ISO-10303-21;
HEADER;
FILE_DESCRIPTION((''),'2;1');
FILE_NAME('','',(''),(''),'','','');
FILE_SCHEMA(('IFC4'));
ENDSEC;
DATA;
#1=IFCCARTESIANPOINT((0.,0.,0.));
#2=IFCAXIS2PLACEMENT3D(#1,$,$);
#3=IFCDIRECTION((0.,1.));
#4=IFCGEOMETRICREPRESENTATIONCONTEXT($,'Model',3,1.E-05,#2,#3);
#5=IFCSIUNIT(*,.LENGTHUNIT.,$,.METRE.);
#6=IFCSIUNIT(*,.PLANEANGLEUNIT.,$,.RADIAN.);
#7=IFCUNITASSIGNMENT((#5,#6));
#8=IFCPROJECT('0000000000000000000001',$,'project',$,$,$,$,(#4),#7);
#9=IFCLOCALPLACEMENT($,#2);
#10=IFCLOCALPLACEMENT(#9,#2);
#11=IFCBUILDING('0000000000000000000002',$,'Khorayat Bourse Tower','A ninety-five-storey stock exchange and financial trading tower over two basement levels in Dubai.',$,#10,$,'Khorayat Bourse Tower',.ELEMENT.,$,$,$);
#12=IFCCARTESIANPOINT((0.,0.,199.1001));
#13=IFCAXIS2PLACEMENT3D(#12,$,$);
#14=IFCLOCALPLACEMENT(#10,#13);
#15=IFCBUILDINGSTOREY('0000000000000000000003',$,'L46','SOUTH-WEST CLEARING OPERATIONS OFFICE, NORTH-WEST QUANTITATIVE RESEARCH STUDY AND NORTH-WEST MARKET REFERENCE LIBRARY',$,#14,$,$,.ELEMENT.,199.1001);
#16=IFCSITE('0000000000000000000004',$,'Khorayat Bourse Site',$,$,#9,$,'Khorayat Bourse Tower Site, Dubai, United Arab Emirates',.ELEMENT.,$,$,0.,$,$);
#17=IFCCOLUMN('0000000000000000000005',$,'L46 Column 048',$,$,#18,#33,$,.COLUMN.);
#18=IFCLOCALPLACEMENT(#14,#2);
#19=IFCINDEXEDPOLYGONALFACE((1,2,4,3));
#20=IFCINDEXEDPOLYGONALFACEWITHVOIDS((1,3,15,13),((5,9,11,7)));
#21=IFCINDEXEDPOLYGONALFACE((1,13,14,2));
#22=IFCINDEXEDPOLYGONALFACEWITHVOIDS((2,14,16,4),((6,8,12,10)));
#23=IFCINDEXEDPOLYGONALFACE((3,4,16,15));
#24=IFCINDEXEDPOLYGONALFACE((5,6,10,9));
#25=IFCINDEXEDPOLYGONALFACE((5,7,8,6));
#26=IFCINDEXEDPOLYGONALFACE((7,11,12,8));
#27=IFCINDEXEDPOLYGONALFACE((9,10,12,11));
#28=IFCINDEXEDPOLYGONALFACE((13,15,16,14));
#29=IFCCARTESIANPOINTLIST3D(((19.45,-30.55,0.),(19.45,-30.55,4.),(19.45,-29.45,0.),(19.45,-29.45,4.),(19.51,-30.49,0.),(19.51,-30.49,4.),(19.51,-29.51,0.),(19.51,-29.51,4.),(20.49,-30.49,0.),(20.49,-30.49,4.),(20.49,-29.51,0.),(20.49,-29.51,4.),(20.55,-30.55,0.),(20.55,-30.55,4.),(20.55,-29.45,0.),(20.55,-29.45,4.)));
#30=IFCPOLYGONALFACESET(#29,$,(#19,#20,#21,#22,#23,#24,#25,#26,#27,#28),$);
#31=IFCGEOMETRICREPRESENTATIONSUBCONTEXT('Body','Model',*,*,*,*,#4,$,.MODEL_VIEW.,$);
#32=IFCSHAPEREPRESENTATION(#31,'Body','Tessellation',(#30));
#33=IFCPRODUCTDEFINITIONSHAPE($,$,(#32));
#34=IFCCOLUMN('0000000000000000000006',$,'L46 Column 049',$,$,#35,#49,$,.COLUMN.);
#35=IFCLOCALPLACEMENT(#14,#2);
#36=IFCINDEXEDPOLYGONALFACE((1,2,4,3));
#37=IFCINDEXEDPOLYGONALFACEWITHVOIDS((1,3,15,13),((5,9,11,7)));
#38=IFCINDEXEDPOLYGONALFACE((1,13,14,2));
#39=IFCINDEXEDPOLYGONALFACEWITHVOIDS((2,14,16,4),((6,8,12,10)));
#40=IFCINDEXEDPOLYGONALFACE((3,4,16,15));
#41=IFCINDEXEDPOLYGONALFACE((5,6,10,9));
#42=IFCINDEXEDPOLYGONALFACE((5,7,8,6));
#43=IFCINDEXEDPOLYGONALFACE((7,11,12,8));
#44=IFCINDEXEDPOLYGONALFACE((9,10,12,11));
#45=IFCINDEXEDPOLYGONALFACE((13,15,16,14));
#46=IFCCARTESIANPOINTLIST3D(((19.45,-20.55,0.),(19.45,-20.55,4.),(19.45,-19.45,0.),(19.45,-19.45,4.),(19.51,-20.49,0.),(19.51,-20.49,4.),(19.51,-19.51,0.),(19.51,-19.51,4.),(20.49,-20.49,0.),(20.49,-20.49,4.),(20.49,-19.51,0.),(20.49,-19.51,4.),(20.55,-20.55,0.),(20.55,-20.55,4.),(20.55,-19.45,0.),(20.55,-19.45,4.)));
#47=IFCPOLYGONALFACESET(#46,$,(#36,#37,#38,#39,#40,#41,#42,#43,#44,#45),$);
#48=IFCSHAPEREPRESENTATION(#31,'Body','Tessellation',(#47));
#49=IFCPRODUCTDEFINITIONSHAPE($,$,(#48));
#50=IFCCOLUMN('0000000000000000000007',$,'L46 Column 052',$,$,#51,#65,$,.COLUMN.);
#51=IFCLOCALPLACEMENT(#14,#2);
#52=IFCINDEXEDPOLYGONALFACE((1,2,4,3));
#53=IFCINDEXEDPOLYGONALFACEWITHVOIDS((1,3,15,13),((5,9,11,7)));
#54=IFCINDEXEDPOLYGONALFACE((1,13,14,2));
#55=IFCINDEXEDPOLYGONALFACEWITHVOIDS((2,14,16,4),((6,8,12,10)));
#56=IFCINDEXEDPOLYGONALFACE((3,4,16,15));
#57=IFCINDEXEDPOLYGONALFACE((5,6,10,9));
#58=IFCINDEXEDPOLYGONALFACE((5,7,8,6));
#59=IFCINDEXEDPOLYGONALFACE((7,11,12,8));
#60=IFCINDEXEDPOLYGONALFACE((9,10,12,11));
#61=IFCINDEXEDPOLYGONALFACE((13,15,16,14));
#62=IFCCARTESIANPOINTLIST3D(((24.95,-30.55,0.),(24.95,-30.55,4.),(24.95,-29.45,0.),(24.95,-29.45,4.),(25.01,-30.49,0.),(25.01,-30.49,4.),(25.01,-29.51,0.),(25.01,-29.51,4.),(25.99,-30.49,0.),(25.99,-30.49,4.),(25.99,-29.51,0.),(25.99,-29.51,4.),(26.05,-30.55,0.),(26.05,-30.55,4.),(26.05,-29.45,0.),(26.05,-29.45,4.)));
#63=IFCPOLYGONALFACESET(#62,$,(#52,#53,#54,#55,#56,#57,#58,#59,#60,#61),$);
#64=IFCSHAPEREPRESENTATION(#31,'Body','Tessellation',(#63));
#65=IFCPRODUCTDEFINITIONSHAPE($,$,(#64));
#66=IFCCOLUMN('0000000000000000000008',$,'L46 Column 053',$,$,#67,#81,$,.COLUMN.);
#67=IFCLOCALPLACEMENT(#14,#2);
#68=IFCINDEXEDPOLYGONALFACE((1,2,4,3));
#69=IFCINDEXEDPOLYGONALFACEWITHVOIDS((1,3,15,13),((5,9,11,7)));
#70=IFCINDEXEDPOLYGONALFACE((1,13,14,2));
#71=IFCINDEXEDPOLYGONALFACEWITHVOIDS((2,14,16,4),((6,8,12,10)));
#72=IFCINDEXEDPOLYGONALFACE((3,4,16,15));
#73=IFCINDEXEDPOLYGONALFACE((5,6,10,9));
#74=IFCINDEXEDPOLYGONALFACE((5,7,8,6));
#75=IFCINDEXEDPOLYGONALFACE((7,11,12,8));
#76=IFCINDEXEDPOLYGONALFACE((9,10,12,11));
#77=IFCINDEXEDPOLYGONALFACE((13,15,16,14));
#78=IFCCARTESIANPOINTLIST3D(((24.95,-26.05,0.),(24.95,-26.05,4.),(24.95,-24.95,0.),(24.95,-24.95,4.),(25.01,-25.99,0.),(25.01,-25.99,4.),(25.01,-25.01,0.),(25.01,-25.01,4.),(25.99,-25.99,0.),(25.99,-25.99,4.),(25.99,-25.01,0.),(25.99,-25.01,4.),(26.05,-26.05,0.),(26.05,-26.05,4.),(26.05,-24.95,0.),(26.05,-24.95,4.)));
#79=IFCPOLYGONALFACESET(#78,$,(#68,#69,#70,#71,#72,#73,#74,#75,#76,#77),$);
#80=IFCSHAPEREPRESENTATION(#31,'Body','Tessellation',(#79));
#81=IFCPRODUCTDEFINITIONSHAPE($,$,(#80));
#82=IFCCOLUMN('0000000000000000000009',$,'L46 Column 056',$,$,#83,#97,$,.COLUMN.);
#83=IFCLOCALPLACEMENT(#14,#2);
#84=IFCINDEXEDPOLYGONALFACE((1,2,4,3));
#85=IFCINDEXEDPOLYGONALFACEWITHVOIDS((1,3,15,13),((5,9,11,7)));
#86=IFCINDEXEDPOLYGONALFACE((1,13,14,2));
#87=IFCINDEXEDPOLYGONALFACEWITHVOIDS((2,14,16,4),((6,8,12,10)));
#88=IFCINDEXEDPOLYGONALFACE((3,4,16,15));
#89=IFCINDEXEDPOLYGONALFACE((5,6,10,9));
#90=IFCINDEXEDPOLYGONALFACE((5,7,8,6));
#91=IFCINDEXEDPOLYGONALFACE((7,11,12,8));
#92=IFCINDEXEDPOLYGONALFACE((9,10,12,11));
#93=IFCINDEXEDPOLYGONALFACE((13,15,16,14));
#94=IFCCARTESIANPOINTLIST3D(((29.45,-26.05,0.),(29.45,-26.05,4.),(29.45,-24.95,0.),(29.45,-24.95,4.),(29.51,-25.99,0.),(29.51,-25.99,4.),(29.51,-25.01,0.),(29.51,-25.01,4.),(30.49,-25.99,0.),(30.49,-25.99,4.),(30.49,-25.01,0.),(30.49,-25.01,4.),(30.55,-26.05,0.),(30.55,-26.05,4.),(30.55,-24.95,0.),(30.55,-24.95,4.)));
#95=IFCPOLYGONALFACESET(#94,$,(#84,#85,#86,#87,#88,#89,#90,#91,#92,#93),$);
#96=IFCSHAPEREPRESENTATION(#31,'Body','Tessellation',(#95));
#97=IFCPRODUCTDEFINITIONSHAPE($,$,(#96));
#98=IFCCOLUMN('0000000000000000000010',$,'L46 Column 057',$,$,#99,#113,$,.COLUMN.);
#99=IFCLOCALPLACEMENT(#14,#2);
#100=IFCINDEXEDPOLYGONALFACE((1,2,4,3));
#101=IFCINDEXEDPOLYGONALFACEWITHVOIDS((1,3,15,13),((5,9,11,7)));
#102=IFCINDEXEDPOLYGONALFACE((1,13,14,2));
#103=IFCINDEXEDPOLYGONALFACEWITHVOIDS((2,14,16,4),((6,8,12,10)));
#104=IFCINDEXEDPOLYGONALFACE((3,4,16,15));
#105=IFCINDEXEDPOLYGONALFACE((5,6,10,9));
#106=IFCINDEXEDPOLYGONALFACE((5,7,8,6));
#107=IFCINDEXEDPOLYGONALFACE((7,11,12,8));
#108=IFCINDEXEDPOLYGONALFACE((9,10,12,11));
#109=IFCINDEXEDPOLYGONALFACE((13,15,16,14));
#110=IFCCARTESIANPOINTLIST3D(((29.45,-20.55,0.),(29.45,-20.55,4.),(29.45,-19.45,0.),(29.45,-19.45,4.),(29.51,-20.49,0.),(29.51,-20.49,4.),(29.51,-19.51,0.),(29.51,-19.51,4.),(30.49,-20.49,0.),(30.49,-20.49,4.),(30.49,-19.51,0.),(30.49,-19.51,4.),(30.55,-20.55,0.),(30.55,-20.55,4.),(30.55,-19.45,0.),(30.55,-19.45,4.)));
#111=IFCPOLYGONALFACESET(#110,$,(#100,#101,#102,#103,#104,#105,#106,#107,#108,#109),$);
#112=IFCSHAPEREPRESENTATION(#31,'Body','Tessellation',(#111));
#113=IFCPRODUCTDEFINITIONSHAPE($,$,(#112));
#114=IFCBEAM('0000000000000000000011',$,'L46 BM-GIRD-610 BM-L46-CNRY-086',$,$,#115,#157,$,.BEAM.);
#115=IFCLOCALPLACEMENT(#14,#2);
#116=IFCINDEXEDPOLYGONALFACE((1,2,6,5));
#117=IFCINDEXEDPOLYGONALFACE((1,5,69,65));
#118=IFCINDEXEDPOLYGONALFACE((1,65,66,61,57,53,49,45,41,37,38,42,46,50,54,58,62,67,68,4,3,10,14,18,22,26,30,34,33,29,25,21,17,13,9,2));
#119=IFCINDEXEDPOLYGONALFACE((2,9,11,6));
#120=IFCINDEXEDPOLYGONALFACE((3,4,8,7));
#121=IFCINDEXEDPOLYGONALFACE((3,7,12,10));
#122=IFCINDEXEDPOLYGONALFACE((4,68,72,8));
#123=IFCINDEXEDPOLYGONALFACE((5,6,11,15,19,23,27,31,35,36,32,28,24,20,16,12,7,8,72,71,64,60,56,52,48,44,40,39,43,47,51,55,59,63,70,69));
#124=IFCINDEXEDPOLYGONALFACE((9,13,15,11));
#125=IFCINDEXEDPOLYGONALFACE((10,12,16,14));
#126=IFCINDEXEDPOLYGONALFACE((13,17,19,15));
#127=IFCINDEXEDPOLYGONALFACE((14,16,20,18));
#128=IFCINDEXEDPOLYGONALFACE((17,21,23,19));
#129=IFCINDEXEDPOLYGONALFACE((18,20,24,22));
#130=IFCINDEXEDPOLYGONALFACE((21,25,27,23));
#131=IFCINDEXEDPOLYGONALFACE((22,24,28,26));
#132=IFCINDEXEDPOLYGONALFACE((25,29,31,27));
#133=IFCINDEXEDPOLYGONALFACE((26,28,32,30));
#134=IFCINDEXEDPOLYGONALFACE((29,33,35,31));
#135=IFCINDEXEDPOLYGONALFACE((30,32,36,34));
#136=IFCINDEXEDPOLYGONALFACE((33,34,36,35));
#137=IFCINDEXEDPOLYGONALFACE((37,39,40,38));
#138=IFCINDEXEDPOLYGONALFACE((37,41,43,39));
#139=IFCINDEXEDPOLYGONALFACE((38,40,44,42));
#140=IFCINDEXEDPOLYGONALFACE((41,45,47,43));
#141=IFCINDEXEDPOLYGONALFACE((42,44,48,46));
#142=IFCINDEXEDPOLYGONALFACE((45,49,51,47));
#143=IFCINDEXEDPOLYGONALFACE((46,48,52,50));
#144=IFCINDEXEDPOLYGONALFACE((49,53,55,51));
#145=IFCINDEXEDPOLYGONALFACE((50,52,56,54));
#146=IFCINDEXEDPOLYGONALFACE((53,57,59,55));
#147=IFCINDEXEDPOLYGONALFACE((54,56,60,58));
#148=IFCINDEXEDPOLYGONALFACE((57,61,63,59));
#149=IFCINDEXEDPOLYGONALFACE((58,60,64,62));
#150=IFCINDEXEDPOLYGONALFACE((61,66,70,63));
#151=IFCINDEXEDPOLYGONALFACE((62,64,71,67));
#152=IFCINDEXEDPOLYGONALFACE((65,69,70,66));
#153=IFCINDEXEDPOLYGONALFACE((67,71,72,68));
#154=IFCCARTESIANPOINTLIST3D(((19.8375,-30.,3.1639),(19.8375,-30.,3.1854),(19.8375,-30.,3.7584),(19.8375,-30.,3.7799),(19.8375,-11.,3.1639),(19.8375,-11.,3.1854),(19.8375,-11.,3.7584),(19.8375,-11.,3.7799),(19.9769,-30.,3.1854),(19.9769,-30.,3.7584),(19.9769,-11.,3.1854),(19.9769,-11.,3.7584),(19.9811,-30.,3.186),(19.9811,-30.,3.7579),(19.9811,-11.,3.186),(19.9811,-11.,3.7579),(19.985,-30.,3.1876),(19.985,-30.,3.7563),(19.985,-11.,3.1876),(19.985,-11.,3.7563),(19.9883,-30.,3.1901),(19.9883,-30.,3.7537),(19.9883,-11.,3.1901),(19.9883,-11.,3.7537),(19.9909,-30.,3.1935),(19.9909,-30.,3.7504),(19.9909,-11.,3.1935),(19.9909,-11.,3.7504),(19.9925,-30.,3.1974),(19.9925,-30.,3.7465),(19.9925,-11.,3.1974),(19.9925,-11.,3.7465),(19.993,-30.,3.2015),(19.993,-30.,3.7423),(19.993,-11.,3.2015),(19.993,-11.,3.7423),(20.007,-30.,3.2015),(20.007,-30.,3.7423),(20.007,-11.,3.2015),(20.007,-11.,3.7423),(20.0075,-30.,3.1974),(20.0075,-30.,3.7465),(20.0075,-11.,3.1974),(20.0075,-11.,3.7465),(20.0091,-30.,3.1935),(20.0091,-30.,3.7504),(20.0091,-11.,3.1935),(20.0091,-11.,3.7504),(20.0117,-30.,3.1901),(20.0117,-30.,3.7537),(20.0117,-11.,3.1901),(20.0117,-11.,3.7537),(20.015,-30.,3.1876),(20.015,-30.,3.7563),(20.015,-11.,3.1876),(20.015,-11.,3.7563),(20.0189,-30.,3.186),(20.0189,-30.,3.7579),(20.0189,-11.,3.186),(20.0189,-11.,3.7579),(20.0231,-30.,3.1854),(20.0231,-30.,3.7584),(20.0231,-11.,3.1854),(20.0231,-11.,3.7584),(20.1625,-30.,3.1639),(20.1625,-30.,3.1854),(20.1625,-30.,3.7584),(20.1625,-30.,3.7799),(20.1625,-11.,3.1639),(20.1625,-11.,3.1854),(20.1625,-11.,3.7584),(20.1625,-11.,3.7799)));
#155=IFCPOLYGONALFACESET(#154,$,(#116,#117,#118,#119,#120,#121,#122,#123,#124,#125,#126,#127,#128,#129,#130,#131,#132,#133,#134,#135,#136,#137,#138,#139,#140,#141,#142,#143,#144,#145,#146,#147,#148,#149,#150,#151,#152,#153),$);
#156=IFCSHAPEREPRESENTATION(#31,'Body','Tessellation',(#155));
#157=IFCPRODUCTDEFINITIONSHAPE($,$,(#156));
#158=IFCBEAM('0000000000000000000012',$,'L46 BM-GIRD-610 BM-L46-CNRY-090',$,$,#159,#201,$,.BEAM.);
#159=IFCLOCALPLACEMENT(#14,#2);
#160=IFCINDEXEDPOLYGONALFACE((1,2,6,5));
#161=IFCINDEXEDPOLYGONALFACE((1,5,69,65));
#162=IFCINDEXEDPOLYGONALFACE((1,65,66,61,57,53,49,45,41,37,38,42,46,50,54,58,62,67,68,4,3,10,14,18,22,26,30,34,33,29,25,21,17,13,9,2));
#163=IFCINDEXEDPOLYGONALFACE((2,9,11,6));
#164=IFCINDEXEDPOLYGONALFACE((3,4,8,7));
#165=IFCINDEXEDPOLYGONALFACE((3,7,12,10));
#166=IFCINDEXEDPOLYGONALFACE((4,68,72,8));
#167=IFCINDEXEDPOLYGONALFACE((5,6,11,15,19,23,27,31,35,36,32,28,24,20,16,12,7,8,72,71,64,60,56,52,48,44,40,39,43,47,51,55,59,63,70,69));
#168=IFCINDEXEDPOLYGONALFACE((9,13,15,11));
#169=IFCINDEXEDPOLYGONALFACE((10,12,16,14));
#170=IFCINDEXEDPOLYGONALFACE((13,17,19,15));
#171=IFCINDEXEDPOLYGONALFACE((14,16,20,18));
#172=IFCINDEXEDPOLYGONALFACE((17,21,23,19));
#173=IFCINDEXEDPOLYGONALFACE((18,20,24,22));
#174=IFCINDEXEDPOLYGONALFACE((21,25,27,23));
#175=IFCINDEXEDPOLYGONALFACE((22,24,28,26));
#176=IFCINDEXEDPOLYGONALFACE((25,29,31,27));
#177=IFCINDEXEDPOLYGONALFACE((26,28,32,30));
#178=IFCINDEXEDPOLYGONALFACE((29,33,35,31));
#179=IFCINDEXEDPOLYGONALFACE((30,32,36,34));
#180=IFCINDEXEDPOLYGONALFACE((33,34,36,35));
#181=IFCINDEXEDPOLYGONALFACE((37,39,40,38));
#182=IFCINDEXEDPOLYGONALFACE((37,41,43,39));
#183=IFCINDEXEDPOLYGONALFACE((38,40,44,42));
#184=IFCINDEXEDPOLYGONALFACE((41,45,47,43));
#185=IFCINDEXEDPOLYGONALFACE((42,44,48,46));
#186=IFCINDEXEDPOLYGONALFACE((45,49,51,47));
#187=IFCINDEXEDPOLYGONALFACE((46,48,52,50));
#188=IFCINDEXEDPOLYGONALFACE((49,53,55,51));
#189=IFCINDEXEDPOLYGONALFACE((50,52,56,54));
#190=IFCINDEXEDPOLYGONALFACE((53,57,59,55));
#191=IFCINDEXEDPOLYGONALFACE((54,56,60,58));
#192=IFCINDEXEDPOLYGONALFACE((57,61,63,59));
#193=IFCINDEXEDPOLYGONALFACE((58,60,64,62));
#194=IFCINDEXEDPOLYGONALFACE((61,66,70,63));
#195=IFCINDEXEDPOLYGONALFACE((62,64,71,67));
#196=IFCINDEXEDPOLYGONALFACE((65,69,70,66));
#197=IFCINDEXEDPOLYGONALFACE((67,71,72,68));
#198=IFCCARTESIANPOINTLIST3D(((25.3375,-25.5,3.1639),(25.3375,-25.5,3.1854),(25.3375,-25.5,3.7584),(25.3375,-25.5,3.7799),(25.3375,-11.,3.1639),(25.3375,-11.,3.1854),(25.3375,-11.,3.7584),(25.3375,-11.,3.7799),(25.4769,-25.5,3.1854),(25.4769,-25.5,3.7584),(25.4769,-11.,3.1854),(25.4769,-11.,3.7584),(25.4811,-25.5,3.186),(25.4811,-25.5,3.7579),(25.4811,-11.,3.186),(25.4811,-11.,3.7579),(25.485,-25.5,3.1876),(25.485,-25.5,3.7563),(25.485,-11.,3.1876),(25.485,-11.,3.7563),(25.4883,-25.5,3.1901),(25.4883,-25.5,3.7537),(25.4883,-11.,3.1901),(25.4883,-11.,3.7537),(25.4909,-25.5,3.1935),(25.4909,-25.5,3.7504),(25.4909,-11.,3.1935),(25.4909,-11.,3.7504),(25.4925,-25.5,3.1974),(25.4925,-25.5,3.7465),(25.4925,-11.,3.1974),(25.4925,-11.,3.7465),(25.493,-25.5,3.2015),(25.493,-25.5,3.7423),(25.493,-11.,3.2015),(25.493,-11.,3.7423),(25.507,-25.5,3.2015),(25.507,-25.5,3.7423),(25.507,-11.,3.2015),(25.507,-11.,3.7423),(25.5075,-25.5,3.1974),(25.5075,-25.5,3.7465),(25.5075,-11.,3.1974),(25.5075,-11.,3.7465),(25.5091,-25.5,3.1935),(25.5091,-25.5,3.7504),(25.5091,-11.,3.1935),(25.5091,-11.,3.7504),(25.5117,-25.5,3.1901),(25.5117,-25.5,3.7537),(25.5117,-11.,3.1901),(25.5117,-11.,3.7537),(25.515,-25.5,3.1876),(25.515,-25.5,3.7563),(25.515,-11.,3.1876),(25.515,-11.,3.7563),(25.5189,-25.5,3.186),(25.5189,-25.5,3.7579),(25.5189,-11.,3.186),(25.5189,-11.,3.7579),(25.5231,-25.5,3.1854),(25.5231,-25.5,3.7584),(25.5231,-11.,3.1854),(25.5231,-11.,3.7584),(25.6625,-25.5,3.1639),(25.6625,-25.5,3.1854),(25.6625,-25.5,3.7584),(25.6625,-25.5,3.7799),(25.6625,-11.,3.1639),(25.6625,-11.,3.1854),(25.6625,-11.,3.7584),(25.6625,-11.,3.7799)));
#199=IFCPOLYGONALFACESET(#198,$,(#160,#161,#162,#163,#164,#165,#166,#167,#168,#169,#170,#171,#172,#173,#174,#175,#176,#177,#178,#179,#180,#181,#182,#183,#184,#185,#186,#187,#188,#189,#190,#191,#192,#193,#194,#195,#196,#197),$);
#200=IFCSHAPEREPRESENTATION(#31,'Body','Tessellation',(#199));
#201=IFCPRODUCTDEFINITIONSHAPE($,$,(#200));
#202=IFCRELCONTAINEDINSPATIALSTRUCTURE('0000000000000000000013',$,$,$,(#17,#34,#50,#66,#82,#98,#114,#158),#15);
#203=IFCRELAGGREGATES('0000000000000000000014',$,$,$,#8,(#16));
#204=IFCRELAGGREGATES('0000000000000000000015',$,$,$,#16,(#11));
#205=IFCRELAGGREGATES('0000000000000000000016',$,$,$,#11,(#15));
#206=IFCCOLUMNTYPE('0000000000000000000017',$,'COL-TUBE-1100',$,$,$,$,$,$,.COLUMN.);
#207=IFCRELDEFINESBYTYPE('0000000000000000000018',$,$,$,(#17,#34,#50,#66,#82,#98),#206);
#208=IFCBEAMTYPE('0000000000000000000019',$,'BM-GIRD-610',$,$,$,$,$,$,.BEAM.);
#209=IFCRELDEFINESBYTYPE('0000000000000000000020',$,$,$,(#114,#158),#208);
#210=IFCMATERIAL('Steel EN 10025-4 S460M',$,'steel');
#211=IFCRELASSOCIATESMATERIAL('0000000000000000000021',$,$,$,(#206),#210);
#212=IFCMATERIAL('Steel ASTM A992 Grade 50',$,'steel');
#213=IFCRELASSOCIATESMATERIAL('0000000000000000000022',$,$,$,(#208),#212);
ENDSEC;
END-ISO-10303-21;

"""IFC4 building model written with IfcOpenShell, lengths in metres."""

from ifc_helpers import new_model, si_unit, direction, frame, origin, origin_2d, place, context, subcontext, project, spatial, hollow_rectangle, i_section, extrude, source, transform, mapped, material, material_profile, profile_set, type_object, element, save


model = new_model("IFC4")

# Units and contexts
model_context = context("Model", 3, precision=1e-05, world=origin(), true_north=direction((0.0, 1.0)))
body_context = subcontext(model_context, "Body", "Model", "MODEL_VIEW")
ifc_project = project(units=[si_unit("LENGTHUNIT", "METRE"), si_unit("PLANEANGLEUNIT", "RADIAN")], contexts=[model_context])

# Site, building, storey
site_placement = place(None, origin())
site = spatial("IfcSite", under=ifc_project, at=site_placement, Name="Khorayat Bourse Site", LongName="Khorayat Bourse Tower Site, Dubai, United Arab Emirates", CompositionType="ELEMENT", RefElevation=0.0)
building_placement = place(site_placement, origin())
building = spatial("IfcBuilding", under=site, at=building_placement, Name="Khorayat Bourse Tower", Description="A ninety-five-storey stock exchange and financial trading tower over two basement levels in Dubai.", LongName="Khorayat Bourse Tower", CompositionType="ELEMENT")
storey_placement = place(building_placement, frame((0.0, 0.0, 199.1001)))
storey = spatial("IfcBuildingStorey", under=building, at=storey_placement, Name="L46", Description="SOUTH-WEST CLEARING OPERATIONS OFFICE, NORTH-WEST QUANTITATIVE RESEARCH STUDY AND NORTH-WEST MARKET REFERENCE LIBRARY", CompositionType="ELEMENT", Elevation=199.1001)

# Columns
ifc_material_1 = material(Name="Steel EN 10025-4 S460M", Category="steel")
ifc_material_profile_1 = material_profile(ifc_material_1, hollow_rectangle(XDim=1.1001, YDim=1.1001, WallThickness=0.0601, at=origin_2d()), Name="BOX 1100x1100x60")
ifc_profile_set_1 = profile_set([ifc_material_profile_1], Name="Steel EN 10025-4 S460M")
column_type = type_object("IfcColumnType", Name="COL-TUBE-1100", PredefinedType="COLUMN", material=ifc_profile_set_1)
shared_shape_1 = source(origin(), body_context, "Body", "SweptSolid", [
    extrude(hollow_rectangle(XDim=1.1001, YDim=1.1001, WallThickness=0.0601, at=origin_2d()), origin(), (0.0, 0.0, 1.0), 4.0),
])
for number, where, z_axis, x_axis, name in (
    (1, (20.0, -30.0, 0.0), (0.0, 0.0, 1.0), (1.0, 0.0, 0.0), "L46 Column 048"),
    (2, (20.0, -20.0, 0.0), (0.0, 0.0, 1.0), (1.0, 0.0, 0.0), "L46 Column 049"),
    (3, (25.5, -30.0, 0.0), (0.0, 0.0, 1.0), (1.0, 0.0, 0.0), "L46 Column 052"),
    (4, (25.5, -25.5, 0.0), (0.0, 0.0, 1.0), (1.0, 0.0, 0.0), "L46 Column 053"),
    (5, (30.0, -25.5, 0.0), (0.0, 0.0, 1.0), (1.0, 0.0, 0.0), "L46 Column 056"),
    (6, (30.0, -20.0, 0.0), (0.0, 0.0, 1.0), (1.0, 0.0, 0.0), "L46 Column 057"),
):
    element("IfcColumn", number, at=place(storey_placement, frame(where, z_axis=z_axis, x_axis=x_axis)), inside=storey, type_object=column_type, Name=name, PredefinedType="COLUMN", context=body_context, shape_type="MappedRepresentation", body=[
        mapped(shared_shape_1, transform((0.0, 0.0, 0.0), scale=1.0)),
    ])

# Beams
ifc_material_2 = material(Name="Steel ASTM A992 Grade 50", Category="steel")
ifc_material_profile_2 = material_profile(ifc_material_2, i_section(OverallWidth=0.325, OverallDepth=0.616, WebThickness=0.0139, FlangeThickness=0.0215, FilletRadius=0.0161, at=origin_2d()), Name="W610X174")
ifc_profile_set_2 = profile_set([ifc_material_profile_2], Name="Steel ASTM A992 Grade 50")
beam_type_1 = type_object("IfcBeamType", Name="BM-GIRD-610", PredefinedType="BEAM", material=ifc_profile_set_2)
shared_shape_2 = source(origin(), body_context, "Body", "SweptSolid", [
    extrude(i_section(OverallWidth=0.325, OverallDepth=0.616, WebThickness=0.0139, FlangeThickness=0.0215, FilletRadius=0.0161, at=origin_2d()), origin(), (0.0, 0.0, 1.0), 19.0),
])
beam_1_placement = place(storey_placement, frame((20.0, -30.0, 3.4719), z_axis=(0.0, 1.0, 0.0), x_axis=(-1.0, 0.0, 0.0)))
element("IfcBeam", 7, at=beam_1_placement, inside=storey, type_object=beam_type_1, Name="L46 BM-GIRD-610 BM-L46-CNRY-086", PredefinedType="BEAM", context=body_context, shape_type="MappedRepresentation", body=[
    mapped(shared_shape_2, transform((0.0, 0.0, 0.0), scale=1.0)),
])
shared_shape_3 = source(origin(), body_context, "Body", "SweptSolid", [
    extrude(i_section(OverallWidth=0.325, OverallDepth=0.616, WebThickness=0.0139, FlangeThickness=0.0215, FilletRadius=0.0161, at=origin_2d()), origin(), (0.0, 0.0, 1.0), 14.5),
])
beam_2_placement = place(storey_placement, frame((25.5, -25.5, 3.4719), z_axis=(0.0, 1.0, 0.0), x_axis=(-1.0, 0.0, 0.0)))
element("IfcBeam", 8, at=beam_2_placement, inside=storey, type_object=beam_type_1, Name="L46 BM-GIRD-610 BM-L46-CNRY-090", PredefinedType="BEAM", context=body_context, shape_type="MappedRepresentation", body=[
    mapped(shared_shape_3, transform((0.0, 0.0, 0.0), scale=1.0)),
])

save(model, "model.ifc")
